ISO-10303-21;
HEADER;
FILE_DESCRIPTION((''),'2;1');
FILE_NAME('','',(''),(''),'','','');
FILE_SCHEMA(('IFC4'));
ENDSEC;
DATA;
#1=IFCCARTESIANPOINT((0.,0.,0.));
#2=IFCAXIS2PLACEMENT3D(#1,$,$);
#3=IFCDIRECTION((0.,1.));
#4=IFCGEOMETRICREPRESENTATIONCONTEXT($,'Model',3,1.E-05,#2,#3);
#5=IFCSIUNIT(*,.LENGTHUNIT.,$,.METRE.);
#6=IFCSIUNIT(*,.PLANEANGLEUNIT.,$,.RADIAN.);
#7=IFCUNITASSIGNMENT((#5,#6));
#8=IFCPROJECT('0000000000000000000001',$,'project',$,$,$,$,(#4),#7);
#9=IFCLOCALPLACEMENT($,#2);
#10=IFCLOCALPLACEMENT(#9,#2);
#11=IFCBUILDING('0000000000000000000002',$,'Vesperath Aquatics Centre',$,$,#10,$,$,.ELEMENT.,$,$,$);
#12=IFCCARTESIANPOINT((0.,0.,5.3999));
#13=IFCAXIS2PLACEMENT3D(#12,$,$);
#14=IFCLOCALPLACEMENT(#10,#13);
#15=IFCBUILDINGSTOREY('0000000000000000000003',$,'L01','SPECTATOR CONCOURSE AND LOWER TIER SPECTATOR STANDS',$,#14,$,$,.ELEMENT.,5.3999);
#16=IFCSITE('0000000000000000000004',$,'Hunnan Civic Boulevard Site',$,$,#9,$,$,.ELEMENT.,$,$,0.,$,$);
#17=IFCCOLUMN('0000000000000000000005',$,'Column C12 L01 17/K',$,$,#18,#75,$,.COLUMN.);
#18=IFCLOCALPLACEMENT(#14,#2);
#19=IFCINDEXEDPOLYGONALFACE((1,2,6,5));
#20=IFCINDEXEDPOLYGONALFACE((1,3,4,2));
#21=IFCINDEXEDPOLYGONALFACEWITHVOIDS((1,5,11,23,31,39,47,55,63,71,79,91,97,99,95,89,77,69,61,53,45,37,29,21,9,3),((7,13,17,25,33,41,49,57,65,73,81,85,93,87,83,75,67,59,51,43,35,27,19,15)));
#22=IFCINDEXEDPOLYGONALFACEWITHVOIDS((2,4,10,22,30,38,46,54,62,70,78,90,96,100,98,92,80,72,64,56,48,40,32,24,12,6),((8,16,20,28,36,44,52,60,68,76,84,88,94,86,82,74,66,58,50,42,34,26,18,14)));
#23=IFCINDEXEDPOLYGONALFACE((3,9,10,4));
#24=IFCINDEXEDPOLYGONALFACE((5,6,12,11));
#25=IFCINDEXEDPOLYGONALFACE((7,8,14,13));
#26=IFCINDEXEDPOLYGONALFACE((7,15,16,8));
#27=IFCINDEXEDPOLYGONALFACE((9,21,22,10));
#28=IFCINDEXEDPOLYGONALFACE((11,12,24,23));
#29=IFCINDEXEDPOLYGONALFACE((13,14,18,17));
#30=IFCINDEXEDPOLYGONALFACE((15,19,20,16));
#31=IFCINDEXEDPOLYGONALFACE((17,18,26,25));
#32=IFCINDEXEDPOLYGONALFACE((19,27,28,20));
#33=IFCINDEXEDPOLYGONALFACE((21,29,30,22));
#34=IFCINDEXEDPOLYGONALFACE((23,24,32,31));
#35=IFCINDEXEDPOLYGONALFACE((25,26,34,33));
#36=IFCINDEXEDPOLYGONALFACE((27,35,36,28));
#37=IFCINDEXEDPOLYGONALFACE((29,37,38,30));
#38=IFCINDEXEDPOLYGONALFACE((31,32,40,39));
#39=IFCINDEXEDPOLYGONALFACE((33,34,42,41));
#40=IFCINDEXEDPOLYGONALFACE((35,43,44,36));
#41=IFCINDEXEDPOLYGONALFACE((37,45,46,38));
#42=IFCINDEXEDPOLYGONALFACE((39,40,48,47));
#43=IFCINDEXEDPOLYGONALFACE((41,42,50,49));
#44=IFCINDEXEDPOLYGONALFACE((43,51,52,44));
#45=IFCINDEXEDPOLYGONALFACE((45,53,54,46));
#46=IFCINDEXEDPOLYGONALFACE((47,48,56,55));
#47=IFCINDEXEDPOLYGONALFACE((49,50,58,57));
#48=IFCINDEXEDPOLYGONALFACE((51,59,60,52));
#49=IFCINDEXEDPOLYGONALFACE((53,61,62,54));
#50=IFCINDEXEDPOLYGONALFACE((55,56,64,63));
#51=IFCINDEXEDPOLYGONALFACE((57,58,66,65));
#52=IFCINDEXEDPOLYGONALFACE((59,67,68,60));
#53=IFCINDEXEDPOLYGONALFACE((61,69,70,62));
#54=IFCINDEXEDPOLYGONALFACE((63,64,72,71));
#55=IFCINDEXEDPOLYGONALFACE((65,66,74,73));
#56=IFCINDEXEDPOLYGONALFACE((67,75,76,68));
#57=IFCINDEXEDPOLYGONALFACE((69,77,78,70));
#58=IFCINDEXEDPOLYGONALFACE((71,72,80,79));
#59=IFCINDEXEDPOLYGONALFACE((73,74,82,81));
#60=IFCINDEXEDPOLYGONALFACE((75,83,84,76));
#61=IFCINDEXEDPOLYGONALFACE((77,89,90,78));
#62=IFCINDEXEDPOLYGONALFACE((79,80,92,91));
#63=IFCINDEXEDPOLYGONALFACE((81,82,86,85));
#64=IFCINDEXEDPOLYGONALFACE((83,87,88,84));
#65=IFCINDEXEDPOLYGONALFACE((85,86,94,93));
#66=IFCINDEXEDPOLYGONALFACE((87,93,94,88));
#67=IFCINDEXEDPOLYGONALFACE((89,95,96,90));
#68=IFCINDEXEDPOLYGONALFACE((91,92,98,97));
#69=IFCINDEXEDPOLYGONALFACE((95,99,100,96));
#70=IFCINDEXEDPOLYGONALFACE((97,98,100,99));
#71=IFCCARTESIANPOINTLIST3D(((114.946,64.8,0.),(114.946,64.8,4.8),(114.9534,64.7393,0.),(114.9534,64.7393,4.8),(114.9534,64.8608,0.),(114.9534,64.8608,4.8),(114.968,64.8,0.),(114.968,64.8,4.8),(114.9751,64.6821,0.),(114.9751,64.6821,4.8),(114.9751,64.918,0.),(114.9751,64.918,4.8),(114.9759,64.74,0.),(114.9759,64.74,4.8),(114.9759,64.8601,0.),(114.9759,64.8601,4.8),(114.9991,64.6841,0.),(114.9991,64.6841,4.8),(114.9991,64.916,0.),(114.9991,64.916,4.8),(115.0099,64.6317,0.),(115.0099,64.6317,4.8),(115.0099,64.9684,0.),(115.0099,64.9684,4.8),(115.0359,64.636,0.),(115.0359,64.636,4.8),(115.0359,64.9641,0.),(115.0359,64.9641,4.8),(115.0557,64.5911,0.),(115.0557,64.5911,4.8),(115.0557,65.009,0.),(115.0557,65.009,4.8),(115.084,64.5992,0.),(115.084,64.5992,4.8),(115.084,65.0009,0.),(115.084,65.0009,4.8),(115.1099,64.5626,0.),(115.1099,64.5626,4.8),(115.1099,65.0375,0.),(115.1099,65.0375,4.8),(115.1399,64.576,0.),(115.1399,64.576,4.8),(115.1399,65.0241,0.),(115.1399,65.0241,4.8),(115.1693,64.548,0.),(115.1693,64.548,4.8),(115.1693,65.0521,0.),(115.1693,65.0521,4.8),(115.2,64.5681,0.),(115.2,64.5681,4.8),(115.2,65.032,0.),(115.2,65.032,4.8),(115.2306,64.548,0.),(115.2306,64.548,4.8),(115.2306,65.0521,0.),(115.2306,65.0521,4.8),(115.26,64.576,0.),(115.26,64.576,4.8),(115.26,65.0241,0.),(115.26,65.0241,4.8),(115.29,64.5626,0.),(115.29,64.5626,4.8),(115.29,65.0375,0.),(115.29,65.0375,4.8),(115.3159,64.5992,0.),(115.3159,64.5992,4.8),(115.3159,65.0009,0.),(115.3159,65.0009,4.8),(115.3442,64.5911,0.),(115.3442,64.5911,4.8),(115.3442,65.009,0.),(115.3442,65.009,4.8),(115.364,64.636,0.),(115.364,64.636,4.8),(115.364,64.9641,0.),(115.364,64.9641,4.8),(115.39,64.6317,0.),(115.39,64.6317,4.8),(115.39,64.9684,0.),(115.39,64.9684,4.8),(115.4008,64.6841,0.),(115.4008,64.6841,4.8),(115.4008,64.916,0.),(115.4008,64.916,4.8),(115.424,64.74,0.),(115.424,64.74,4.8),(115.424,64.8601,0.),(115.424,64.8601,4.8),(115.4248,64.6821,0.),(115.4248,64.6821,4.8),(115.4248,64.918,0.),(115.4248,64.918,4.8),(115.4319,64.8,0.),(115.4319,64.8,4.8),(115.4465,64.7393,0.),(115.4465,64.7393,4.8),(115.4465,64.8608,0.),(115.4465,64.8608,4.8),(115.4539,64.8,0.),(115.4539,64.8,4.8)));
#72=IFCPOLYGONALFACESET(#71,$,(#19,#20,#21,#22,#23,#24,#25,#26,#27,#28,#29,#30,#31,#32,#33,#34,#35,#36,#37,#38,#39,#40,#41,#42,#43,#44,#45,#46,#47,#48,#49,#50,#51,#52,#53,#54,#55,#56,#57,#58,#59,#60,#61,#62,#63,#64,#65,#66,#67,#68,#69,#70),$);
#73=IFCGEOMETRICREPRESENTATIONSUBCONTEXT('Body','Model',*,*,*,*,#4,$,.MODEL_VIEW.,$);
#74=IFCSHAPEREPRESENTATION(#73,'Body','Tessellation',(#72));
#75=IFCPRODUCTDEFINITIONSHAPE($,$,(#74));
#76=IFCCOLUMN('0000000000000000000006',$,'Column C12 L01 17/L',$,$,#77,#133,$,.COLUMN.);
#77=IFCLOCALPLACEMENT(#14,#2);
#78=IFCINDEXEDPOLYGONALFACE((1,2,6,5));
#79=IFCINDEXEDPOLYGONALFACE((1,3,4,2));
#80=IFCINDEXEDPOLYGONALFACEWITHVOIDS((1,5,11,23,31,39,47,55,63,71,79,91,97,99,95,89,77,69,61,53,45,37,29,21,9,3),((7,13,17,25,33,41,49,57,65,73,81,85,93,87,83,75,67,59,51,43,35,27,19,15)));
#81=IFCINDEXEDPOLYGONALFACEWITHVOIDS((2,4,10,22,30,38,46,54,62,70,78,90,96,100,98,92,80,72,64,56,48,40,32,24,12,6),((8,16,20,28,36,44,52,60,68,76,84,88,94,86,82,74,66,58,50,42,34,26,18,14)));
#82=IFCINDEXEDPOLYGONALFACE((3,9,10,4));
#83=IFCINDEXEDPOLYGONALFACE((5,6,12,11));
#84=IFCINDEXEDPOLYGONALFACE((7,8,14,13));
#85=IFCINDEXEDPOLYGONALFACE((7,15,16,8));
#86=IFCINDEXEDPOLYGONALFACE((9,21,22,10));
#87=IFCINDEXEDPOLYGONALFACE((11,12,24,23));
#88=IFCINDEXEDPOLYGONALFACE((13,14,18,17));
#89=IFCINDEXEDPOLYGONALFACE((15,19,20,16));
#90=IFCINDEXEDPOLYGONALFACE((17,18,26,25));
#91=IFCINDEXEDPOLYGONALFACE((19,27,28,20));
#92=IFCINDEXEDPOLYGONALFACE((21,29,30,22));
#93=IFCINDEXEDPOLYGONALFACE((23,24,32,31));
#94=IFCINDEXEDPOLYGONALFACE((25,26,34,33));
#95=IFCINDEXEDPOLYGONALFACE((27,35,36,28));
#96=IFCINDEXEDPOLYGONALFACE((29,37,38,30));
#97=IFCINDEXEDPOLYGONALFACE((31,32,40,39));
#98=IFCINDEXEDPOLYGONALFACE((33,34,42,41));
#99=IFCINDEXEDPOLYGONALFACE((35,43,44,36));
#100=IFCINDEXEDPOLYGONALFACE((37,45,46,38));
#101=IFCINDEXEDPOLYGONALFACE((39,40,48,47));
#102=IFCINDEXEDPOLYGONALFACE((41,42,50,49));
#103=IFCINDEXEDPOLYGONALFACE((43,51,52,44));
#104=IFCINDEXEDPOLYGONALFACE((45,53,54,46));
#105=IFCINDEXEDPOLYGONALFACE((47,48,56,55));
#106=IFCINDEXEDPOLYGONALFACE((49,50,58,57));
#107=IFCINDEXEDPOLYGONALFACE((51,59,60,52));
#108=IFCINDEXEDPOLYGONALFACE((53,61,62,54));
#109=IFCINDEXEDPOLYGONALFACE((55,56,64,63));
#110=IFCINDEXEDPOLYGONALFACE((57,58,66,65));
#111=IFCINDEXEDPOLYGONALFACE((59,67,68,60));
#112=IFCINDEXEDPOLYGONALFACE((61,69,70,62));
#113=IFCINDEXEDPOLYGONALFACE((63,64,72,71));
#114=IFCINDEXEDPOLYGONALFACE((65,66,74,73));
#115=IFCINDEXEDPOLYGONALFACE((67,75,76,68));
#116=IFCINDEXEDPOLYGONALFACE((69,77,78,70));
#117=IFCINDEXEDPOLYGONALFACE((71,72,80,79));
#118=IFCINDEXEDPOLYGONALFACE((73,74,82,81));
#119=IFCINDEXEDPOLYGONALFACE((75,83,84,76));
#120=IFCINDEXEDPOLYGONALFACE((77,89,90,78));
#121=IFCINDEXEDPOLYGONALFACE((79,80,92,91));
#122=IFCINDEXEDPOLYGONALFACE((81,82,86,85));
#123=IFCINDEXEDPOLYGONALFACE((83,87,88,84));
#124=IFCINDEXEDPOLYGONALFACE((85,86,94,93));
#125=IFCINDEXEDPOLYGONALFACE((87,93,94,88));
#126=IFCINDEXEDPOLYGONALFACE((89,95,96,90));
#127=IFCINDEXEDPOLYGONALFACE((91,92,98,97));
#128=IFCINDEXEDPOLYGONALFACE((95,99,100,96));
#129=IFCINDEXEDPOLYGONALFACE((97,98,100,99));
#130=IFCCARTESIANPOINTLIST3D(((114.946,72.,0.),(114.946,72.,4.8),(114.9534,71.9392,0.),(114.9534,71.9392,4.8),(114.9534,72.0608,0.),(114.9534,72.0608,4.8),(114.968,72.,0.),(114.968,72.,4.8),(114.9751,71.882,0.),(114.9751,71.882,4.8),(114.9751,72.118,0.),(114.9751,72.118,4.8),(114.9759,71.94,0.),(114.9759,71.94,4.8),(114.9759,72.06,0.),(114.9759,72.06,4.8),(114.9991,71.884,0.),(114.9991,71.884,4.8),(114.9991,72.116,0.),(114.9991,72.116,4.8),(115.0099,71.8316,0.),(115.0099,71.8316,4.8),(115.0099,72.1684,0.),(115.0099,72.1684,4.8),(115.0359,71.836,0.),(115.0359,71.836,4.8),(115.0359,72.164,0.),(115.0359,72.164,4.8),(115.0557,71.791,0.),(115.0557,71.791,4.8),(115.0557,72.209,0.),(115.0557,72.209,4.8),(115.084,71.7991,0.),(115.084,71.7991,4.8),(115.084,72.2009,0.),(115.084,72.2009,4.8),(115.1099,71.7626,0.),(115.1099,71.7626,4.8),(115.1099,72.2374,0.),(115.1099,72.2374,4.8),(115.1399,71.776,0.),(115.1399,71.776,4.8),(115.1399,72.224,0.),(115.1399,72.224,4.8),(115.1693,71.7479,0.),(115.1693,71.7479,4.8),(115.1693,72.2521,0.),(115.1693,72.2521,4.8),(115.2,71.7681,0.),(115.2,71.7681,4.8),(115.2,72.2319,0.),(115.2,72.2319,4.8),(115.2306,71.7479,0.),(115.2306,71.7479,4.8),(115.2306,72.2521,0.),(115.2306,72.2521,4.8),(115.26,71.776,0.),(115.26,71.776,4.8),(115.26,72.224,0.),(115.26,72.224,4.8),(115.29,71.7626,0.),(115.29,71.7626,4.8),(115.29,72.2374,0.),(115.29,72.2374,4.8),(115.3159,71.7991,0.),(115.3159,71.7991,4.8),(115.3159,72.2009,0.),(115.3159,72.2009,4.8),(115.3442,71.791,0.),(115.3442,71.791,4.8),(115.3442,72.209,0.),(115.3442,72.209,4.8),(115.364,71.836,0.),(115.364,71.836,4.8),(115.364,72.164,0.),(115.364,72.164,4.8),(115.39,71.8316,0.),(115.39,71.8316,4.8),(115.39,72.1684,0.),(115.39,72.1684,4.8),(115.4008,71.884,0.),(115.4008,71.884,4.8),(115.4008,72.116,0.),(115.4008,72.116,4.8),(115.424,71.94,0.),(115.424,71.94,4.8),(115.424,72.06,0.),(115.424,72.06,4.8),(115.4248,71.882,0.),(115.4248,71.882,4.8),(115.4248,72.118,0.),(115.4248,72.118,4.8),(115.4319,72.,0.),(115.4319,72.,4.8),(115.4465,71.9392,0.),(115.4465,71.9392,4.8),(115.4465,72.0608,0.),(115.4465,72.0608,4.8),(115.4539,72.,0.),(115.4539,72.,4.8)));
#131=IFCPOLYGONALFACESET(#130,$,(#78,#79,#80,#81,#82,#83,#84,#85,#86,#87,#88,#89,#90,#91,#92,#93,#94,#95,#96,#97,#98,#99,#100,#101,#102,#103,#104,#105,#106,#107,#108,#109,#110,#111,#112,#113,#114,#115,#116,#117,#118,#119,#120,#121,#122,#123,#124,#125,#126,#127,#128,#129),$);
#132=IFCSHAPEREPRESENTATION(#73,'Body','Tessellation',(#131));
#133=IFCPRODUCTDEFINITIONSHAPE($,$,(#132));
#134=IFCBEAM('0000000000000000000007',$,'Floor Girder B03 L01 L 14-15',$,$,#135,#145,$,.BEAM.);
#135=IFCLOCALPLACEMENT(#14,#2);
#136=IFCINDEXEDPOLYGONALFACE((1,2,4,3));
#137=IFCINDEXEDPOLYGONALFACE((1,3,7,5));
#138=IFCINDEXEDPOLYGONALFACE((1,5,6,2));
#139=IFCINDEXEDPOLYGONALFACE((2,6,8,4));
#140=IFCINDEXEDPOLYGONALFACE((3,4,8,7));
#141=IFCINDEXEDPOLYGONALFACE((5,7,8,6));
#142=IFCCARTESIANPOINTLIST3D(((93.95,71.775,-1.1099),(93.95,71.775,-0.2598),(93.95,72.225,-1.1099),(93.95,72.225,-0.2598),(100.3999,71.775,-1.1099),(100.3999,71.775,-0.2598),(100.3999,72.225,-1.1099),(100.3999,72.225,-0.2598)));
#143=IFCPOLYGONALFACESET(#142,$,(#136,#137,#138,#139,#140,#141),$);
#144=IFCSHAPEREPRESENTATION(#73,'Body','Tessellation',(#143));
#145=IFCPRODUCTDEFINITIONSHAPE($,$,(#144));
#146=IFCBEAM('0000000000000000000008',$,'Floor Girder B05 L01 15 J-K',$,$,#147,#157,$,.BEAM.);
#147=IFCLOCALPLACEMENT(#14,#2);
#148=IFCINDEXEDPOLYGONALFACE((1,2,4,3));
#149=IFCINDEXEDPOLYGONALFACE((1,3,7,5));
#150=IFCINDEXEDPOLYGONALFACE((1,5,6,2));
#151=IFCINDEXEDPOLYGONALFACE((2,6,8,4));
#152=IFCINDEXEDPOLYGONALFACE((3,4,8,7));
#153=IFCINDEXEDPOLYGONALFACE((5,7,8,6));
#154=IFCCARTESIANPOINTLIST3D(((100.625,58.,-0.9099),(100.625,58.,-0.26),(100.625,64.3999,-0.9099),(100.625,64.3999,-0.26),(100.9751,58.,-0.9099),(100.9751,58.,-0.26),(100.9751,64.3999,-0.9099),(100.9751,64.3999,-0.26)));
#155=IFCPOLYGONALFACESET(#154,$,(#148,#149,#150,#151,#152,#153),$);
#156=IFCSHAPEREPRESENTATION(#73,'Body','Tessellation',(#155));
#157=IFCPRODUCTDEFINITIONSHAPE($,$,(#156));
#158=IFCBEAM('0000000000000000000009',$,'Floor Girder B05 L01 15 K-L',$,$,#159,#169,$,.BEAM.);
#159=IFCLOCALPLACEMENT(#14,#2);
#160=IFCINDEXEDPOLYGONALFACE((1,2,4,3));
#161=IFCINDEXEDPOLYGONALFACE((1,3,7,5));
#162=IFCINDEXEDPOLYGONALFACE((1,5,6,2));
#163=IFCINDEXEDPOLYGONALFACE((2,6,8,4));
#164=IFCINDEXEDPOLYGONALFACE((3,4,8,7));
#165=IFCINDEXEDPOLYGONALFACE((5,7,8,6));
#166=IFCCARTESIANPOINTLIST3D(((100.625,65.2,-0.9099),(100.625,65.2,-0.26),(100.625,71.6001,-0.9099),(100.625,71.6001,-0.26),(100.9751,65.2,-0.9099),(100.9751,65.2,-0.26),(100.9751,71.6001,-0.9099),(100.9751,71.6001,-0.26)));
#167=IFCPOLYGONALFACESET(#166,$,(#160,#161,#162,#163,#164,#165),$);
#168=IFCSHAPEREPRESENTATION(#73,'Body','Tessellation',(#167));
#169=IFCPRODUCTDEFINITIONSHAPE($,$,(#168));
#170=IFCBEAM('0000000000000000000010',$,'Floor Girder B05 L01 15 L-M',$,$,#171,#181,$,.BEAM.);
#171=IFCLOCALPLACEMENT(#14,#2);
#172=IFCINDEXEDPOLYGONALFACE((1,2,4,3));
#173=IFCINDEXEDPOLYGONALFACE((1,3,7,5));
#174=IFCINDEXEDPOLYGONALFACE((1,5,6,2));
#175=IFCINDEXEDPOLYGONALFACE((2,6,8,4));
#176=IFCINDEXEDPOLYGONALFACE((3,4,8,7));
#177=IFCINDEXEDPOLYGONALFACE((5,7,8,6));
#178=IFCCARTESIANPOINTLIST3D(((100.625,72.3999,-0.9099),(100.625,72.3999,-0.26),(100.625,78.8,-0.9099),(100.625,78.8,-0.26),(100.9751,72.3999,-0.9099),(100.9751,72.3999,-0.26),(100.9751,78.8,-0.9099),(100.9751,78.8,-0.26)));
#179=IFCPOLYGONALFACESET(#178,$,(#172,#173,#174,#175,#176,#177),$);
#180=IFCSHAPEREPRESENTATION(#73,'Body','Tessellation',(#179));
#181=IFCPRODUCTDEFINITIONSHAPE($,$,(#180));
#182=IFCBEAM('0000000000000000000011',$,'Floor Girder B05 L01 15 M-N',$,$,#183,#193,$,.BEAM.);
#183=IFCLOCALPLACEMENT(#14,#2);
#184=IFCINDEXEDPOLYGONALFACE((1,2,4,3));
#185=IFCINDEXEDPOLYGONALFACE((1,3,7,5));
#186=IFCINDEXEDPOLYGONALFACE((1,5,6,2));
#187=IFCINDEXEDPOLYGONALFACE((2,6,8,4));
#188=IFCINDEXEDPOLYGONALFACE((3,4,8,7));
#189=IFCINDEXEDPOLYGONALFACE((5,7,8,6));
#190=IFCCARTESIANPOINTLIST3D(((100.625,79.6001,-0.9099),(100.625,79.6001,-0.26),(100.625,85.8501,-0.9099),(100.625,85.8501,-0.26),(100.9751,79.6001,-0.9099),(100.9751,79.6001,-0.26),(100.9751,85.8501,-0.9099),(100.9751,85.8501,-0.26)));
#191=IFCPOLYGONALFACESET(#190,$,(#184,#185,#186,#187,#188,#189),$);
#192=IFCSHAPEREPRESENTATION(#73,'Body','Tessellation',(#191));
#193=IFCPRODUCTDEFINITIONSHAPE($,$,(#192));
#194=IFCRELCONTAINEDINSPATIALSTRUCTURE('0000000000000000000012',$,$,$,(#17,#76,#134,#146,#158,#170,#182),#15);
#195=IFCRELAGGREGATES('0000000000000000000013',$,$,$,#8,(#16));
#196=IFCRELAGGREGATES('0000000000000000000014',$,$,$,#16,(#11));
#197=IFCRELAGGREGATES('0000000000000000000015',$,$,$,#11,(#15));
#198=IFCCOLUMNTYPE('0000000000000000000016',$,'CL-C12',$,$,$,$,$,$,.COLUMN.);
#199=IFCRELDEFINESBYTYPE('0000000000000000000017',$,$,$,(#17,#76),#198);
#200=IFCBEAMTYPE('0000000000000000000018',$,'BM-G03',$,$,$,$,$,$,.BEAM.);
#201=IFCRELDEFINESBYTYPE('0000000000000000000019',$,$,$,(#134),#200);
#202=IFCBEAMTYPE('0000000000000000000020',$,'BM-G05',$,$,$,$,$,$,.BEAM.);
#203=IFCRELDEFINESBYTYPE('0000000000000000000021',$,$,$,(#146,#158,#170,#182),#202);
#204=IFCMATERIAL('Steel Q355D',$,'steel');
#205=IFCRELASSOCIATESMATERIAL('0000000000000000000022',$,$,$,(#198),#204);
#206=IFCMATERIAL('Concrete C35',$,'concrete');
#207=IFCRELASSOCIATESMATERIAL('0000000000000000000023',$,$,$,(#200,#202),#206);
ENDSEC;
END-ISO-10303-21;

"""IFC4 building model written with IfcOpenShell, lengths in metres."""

from ifc_helpers import new_model, si_unit, direction, frame, origin, origin_2d, place, context, subcontext, project, spatial, rectangle, hollow_circle, extrude, material, material_profile, profile_set, type_object, element, save


model = new_model("IFC4")

# Units and contexts
model_context = context("Model", 3, precision=1e-05, world=origin(), true_north=direction((0.0, 1.0)))
body_context = subcontext(model_context, "Body", "Model", "MODEL_VIEW")
ifc_project = project(units=[si_unit("LENGTHUNIT", "METRE"), si_unit("PLANEANGLEUNIT", "RADIAN")], contexts=[model_context])

# Site, building, storey
site_placement = place(None, origin())
site = spatial("IfcSite", under=ifc_project, at=site_placement, Name="Hunnan Civic Boulevard Site", CompositionType="ELEMENT", RefElevation=0.0)
building_placement = place(site_placement, origin())
building = spatial("IfcBuilding", under=site, at=building_placement, Name="Vesperath Aquatics Centre", CompositionType="ELEMENT")
storey_placement = place(building_placement, frame((0.0, 0.0, 5.3999)))
storey = spatial("IfcBuildingStorey", under=building, at=storey_placement, Name="L01", Description="SPECTATOR CONCOURSE AND LOWER TIER SPECTATOR STANDS", CompositionType="ELEMENT", Elevation=5.3999)

# Columns
ifc_material_1 = material(Name="Steel Q355D", Category="steel")
ifc_material_profile_1 = material_profile(ifc_material_1, hollow_circle(Radius=0.2539, WallThickness=0.022, at=origin_2d()), Name="CHS 508.0x22")
ifc_profile_set_1 = profile_set([ifc_material_profile_1], Name="Steel Q355D")
column_type = type_object("IfcColumnType", Name="CL-C12", PredefinedType="COLUMN", material=ifc_profile_set_1)
for number, where, z_axis, x_axis, name in (
    (1, (115.2, 64.8, 0.0), (0.0, 0.0, 1.0), (1.0, 0.0, 0.0), "Column C12 L01 17/K"),
    (2, (115.2, 72.0, 0.0), (0.0, 0.0, 1.0), (1.0, 0.0, 0.0), "Column C12 L01 17/L"),
):
    element("IfcColumn", number, at=place(storey_placement, frame(where, z_axis=z_axis, x_axis=x_axis)), inside=storey, type_object=column_type, Name=name, PredefinedType="COLUMN", context=body_context, shape_type="SweptSolid", body=[
        extrude(hollow_circle(Radius=0.2539, WallThickness=0.022, at=origin_2d()), origin(), (0.0, 0.0, 1.0), 4.8),
    ])

# Beams
ifc_material_2 = material(Name="Concrete C35", Category="concrete")
ifc_material_profile_2 = material_profile(ifc_material_2, rectangle(XDim=0.45, YDim=0.8501, at=origin_2d()), Name="RC 450x850")
ifc_profile_set_2 = profile_set([ifc_material_profile_2], Name="Concrete C35")
beam_type_1 = type_object("IfcBeamType", Name="BM-G03", PredefinedType="BEAM", material=ifc_profile_set_2)
beam_1_placement = place(storey_placement, frame((93.95, 72.0, -0.6848), z_axis=(1.0, 0.0, 0.0), x_axis=(0.0, 1.0, 0.0)))
element("IfcBeam", 3, at=beam_1_placement, inside=storey, type_object=beam_type_1, Name="Floor Girder B03 L01 L 14-15", PredefinedType="BEAM", context=body_context, shape_type="SweptSolid", body=[
    extrude(rectangle(XDim=0.45, YDim=0.8501, at=origin_2d()), origin(), (0.0, 0.0, 1.0), 6.45),
])
ifc_material_profile_3 = material_profile(ifc_material_2, rectangle(XDim=0.3501, YDim=0.6499, at=origin_2d()), Name="RC 350x650")
ifc_profile_set_3 = profile_set([ifc_material_profile_3], Name="Concrete C35")
beam_type_2 = type_object("IfcBeamType", Name="BM-G05", PredefinedType="BEAM", material=ifc_profile_set_3)
beam_2_placement = place(storey_placement, frame((100.8, 58.0, -0.585), z_axis=(0.0, 1.0, 0.0), x_axis=(-1.0, 0.0, 0.0)))
element("IfcBeam", 4, at=beam_2_placement, inside=storey, type_object=beam_type_2, Name="Floor Girder B05 L01 15 J-K", PredefinedType="BEAM", context=body_context, shape_type="SweptSolid", body=[
    extrude(rectangle(XDim=0.3501, YDim=0.6499, at=origin_2d()), origin(), (0.0, 0.0, 1.0), 6.3999),
])
for number, where, z_axis, x_axis, name in (
    (5, (100.8, 65.2, -0.585), (0.0, 1.0, 0.0), (-1.0, 0.0, 0.0), "Floor Girder B05 L01 15 K-L"),
    (6, (100.8, 72.3999, -0.585), (0.0, 1.0, 0.0), (-1.0, 0.0, 0.0), "Floor Girder B05 L01 15 L-M"),
):
    element("IfcBeam", number, at=place(storey_placement, frame(where, z_axis=z_axis, x_axis=x_axis)), inside=storey, type_object=beam_type_2, Name=name, PredefinedType="BEAM", context=body_context, shape_type="SweptSolid", body=[
        extrude(rectangle(XDim=0.3501, YDim=0.6499, at=origin_2d()), origin(), (0.0, 0.0, 1.0), 6.4001),
    ])
beam_3_placement = place(storey_placement, frame((100.8, 79.6001, -0.585), z_axis=(0.0, 1.0, 0.0), x_axis=(-1.0, 0.0, 0.0)))
element("IfcBeam", 7, at=beam_3_placement, inside=storey, type_object=beam_type_2, Name="Floor Girder B05 L01 15 M-N", PredefinedType="BEAM", context=body_context, shape_type="SweptSolid", body=[
    extrude(rectangle(XDim=0.3501, YDim=0.6499, at=origin_2d()), origin(), (0.0, 0.0, 1.0), 6.25),
])

save(model, "model.ifc")
